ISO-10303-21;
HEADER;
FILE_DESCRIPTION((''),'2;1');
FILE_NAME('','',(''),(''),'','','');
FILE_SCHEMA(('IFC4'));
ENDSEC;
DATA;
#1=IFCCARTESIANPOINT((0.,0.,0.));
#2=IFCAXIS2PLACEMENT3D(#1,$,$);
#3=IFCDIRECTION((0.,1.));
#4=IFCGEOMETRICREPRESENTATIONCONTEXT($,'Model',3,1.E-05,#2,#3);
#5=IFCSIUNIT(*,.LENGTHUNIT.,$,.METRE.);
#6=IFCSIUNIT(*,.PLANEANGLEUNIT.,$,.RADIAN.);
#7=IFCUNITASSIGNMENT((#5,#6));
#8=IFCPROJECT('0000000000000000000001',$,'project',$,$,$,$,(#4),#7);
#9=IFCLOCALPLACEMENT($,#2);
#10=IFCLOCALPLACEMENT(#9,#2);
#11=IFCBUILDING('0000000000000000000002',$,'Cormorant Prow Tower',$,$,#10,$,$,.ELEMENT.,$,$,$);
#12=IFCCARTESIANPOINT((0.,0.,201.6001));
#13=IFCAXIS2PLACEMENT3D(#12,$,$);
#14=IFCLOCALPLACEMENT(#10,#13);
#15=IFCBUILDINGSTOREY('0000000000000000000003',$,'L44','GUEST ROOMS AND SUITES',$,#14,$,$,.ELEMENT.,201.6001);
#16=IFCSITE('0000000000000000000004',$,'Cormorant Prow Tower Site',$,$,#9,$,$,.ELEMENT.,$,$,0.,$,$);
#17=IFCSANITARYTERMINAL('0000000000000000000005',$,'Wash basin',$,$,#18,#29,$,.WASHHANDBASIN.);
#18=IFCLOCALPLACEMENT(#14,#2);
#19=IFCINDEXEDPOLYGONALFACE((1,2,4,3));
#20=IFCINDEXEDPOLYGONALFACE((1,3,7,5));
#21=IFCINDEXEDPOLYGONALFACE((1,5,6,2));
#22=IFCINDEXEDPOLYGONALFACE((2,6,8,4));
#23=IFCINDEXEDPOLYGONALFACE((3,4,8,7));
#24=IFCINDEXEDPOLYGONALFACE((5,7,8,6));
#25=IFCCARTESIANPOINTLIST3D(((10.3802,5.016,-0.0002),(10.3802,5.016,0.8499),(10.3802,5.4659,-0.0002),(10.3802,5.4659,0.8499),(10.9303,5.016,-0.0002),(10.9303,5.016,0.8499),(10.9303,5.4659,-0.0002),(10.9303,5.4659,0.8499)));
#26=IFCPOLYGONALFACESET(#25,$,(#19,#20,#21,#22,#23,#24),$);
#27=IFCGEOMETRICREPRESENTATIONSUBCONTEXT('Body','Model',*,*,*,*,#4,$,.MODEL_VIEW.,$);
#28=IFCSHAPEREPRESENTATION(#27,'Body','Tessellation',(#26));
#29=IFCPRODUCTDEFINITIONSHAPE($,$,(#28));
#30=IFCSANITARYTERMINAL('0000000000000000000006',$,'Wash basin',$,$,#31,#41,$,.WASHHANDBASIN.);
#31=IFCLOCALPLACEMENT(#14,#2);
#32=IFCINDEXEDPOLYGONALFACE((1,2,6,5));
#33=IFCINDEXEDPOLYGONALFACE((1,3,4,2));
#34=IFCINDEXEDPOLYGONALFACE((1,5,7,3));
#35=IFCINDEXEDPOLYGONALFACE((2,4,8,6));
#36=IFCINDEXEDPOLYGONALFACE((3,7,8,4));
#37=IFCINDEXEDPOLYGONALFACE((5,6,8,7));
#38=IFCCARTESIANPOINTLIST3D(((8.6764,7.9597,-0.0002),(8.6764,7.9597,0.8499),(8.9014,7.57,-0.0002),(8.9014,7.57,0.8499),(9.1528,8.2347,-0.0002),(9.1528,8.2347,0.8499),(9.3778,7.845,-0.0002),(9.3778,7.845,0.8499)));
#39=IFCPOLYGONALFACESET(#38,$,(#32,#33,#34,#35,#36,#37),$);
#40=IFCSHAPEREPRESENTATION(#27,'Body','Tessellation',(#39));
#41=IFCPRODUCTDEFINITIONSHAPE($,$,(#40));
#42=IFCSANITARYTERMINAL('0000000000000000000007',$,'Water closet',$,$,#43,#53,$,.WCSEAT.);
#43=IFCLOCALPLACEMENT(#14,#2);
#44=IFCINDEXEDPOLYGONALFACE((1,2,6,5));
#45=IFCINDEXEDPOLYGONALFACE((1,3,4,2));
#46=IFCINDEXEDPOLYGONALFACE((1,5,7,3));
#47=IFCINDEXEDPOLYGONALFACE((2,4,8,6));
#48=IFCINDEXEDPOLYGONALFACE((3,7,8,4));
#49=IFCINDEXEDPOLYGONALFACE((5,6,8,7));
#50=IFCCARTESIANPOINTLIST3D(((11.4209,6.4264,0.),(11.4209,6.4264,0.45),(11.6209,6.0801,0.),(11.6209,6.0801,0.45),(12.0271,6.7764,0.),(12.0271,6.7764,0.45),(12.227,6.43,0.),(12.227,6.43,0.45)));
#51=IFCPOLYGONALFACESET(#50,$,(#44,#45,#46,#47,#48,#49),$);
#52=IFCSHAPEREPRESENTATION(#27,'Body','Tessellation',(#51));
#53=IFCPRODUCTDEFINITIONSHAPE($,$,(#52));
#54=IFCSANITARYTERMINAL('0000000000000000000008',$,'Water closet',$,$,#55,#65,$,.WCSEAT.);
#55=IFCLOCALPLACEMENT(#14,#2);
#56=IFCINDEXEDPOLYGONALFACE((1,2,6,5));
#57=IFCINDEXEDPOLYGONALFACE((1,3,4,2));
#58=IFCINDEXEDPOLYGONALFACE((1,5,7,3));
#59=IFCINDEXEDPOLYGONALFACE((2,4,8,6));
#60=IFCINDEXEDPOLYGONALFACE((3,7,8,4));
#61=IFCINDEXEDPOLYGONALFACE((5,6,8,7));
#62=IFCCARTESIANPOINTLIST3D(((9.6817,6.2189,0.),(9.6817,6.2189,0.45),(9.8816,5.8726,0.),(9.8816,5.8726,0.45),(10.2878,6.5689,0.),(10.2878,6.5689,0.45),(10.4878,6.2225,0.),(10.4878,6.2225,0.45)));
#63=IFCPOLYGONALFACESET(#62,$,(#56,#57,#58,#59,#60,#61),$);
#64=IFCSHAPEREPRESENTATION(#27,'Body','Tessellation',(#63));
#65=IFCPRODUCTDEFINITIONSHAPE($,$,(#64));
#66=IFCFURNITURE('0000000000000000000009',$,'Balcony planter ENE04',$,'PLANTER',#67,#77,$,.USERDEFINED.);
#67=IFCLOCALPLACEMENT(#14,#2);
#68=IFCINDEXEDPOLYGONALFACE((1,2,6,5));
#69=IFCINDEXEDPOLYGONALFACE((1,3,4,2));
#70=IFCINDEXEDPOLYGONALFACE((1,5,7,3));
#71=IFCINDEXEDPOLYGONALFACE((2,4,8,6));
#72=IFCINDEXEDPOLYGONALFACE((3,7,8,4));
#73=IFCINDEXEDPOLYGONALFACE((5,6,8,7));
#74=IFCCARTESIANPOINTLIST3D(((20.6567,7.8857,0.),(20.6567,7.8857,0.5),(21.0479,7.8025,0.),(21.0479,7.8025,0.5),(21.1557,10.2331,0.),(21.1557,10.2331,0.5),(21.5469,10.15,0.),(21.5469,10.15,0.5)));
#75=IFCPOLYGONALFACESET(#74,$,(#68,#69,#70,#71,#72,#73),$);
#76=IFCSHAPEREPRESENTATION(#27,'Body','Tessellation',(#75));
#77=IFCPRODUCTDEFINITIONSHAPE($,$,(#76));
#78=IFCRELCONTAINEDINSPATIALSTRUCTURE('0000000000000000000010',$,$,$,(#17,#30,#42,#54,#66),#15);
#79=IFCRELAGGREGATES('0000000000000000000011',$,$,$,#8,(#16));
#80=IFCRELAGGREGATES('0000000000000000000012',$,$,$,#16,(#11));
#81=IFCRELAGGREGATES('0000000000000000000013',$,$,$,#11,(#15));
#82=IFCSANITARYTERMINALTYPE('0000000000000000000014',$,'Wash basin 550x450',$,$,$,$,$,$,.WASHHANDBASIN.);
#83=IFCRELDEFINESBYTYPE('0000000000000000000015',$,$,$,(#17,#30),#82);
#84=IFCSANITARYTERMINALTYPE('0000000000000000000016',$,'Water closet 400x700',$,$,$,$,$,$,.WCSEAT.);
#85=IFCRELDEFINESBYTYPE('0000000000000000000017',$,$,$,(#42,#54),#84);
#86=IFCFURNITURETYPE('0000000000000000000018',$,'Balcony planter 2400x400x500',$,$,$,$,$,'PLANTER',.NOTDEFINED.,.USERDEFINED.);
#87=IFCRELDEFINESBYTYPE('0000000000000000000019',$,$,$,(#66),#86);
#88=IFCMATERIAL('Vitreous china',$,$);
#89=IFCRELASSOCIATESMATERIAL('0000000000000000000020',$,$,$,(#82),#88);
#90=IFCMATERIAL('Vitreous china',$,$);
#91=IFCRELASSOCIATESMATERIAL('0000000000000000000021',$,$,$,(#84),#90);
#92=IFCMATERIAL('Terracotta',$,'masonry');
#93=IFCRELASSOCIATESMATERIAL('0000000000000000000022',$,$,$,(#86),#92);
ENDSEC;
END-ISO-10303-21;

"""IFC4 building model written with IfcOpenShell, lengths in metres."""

from ifc_helpers import new_model, si_unit, direction, frame, origin, origin_2d, place, context, subcontext, project, spatial, rectangle, extrude, material, type_object, element, save


model = new_model("IFC4")

# Units and contexts
model_context = context("Model", 3, precision=1e-05, world=origin(), true_north=direction((0.0, 1.0)))
body_context = subcontext(model_context, "Body", "Model", "MODEL_VIEW")
ifc_project = project(units=[si_unit("LENGTHUNIT", "METRE"), si_unit("PLANEANGLEUNIT", "RADIAN")], contexts=[model_context])

# Site, building, storey
site_placement = place(None, origin())
site = spatial("IfcSite", under=ifc_project, at=site_placement, Name="Cormorant Prow Tower Site", CompositionType="ELEMENT", RefElevation=0.0)
building_placement = place(site_placement, origin())
building = spatial("IfcBuilding", under=site, at=building_placement, Name="Cormorant Prow Tower", CompositionType="ELEMENT")
storey_placement = place(building_placement, frame((0.0, 0.0, 201.6001)))
storey = spatial("IfcBuildingStorey", under=building, at=storey_placement, Name="L44", Description="GUEST ROOMS AND SUITES", CompositionType="ELEMENT", Elevation=201.6001)

# Sanitary terminals
ifc_material_1 = material(Name="Vitreous china")
sanitary_terminal_type_1 = type_object("IfcSanitaryTerminalType", Name="Wash basin 550x450", PredefinedType="WASHHANDBASIN", material=ifc_material_1)
for number, where, z_axis, x_axis, name in (
    (1, (10.6553, 5.241, -0.0002), (0.0, 0.0, 1.0), (1.0, 0.0, 0.0), "Wash basin"),
    (2, (9.0271, 7.9023, -0.0002), (0.0, 0.0, 1.0), (0.866025, 0.5, 0.0), "Wash basin"),
):
    element("IfcSanitaryTerminal", number, at=place(storey_placement, frame(where, z_axis=z_axis, x_axis=x_axis)), inside=storey, type_object=sanitary_terminal_type_1, Name=name, PredefinedType="WASHHANDBASIN", context=body_context, shape_type="SweptSolid", body=[
        extrude(rectangle(XDim=0.55, YDim=0.45, at=origin_2d()), origin(), (0.0, 0.0, 1.0), 0.8501),
    ])
ifc_material_2 = material(Name="Vitreous china")
sanitary_terminal_type_2 = type_object("IfcSanitaryTerminalType", Name="Water closet 400x700", PredefinedType="WCSEAT", material=ifc_material_2)
for number, where, z_axis, x_axis, name in (
    (3, (11.824, 6.4282, 0.0), (0.0, 0.0, 1.0), (0.5, -0.866025, 0.0), "Water closet"),
    (4, (10.0847, 6.2207, 0.0), (0.0, 0.0, 1.0), (-0.5, 0.866025, 0.0), "Water closet"),
):
    element("IfcSanitaryTerminal", number, at=place(storey_placement, frame(where, z_axis=z_axis, x_axis=x_axis)), inside=storey, type_object=sanitary_terminal_type_2, Name=name, PredefinedType="WCSEAT", context=body_context, shape_type="SweptSolid", body=[
        extrude(rectangle(XDim=0.3999, YDim=0.7, at=origin_2d()), origin(), (0.0, 0.0, 1.0), 0.45),
    ])

# Furniture
ifc_material_3 = material(Name="Terracotta", Category="masonry")
furniture_type = type_object("IfcFurnitureType", Name="Balcony planter 2400x400x500", ElementType="PLANTER", AssemblyPlace="NOTDEFINED", PredefinedType="USERDEFINED", material=ifc_material_3)
furniture_placement = place(storey_placement, frame((21.1018, 9.0178, 0.0), z_axis=(0.0, 0.0, 1.0), x_axis=(0.207912, 0.978148, 0.0)))
element("IfcFurniture", 5, at=furniture_placement, inside=storey, type_object=furniture_type, Name="Balcony planter ENE04", ObjectType="PLANTER", PredefinedType="USERDEFINED", context=body_context, shape_type="SweptSolid", body=[
    extrude(rectangle(XDim=2.3999, YDim=0.3999, at=origin_2d()), origin(), (0.0, 0.0, 1.0), 0.5),
])

save(model, "model.ifc")
